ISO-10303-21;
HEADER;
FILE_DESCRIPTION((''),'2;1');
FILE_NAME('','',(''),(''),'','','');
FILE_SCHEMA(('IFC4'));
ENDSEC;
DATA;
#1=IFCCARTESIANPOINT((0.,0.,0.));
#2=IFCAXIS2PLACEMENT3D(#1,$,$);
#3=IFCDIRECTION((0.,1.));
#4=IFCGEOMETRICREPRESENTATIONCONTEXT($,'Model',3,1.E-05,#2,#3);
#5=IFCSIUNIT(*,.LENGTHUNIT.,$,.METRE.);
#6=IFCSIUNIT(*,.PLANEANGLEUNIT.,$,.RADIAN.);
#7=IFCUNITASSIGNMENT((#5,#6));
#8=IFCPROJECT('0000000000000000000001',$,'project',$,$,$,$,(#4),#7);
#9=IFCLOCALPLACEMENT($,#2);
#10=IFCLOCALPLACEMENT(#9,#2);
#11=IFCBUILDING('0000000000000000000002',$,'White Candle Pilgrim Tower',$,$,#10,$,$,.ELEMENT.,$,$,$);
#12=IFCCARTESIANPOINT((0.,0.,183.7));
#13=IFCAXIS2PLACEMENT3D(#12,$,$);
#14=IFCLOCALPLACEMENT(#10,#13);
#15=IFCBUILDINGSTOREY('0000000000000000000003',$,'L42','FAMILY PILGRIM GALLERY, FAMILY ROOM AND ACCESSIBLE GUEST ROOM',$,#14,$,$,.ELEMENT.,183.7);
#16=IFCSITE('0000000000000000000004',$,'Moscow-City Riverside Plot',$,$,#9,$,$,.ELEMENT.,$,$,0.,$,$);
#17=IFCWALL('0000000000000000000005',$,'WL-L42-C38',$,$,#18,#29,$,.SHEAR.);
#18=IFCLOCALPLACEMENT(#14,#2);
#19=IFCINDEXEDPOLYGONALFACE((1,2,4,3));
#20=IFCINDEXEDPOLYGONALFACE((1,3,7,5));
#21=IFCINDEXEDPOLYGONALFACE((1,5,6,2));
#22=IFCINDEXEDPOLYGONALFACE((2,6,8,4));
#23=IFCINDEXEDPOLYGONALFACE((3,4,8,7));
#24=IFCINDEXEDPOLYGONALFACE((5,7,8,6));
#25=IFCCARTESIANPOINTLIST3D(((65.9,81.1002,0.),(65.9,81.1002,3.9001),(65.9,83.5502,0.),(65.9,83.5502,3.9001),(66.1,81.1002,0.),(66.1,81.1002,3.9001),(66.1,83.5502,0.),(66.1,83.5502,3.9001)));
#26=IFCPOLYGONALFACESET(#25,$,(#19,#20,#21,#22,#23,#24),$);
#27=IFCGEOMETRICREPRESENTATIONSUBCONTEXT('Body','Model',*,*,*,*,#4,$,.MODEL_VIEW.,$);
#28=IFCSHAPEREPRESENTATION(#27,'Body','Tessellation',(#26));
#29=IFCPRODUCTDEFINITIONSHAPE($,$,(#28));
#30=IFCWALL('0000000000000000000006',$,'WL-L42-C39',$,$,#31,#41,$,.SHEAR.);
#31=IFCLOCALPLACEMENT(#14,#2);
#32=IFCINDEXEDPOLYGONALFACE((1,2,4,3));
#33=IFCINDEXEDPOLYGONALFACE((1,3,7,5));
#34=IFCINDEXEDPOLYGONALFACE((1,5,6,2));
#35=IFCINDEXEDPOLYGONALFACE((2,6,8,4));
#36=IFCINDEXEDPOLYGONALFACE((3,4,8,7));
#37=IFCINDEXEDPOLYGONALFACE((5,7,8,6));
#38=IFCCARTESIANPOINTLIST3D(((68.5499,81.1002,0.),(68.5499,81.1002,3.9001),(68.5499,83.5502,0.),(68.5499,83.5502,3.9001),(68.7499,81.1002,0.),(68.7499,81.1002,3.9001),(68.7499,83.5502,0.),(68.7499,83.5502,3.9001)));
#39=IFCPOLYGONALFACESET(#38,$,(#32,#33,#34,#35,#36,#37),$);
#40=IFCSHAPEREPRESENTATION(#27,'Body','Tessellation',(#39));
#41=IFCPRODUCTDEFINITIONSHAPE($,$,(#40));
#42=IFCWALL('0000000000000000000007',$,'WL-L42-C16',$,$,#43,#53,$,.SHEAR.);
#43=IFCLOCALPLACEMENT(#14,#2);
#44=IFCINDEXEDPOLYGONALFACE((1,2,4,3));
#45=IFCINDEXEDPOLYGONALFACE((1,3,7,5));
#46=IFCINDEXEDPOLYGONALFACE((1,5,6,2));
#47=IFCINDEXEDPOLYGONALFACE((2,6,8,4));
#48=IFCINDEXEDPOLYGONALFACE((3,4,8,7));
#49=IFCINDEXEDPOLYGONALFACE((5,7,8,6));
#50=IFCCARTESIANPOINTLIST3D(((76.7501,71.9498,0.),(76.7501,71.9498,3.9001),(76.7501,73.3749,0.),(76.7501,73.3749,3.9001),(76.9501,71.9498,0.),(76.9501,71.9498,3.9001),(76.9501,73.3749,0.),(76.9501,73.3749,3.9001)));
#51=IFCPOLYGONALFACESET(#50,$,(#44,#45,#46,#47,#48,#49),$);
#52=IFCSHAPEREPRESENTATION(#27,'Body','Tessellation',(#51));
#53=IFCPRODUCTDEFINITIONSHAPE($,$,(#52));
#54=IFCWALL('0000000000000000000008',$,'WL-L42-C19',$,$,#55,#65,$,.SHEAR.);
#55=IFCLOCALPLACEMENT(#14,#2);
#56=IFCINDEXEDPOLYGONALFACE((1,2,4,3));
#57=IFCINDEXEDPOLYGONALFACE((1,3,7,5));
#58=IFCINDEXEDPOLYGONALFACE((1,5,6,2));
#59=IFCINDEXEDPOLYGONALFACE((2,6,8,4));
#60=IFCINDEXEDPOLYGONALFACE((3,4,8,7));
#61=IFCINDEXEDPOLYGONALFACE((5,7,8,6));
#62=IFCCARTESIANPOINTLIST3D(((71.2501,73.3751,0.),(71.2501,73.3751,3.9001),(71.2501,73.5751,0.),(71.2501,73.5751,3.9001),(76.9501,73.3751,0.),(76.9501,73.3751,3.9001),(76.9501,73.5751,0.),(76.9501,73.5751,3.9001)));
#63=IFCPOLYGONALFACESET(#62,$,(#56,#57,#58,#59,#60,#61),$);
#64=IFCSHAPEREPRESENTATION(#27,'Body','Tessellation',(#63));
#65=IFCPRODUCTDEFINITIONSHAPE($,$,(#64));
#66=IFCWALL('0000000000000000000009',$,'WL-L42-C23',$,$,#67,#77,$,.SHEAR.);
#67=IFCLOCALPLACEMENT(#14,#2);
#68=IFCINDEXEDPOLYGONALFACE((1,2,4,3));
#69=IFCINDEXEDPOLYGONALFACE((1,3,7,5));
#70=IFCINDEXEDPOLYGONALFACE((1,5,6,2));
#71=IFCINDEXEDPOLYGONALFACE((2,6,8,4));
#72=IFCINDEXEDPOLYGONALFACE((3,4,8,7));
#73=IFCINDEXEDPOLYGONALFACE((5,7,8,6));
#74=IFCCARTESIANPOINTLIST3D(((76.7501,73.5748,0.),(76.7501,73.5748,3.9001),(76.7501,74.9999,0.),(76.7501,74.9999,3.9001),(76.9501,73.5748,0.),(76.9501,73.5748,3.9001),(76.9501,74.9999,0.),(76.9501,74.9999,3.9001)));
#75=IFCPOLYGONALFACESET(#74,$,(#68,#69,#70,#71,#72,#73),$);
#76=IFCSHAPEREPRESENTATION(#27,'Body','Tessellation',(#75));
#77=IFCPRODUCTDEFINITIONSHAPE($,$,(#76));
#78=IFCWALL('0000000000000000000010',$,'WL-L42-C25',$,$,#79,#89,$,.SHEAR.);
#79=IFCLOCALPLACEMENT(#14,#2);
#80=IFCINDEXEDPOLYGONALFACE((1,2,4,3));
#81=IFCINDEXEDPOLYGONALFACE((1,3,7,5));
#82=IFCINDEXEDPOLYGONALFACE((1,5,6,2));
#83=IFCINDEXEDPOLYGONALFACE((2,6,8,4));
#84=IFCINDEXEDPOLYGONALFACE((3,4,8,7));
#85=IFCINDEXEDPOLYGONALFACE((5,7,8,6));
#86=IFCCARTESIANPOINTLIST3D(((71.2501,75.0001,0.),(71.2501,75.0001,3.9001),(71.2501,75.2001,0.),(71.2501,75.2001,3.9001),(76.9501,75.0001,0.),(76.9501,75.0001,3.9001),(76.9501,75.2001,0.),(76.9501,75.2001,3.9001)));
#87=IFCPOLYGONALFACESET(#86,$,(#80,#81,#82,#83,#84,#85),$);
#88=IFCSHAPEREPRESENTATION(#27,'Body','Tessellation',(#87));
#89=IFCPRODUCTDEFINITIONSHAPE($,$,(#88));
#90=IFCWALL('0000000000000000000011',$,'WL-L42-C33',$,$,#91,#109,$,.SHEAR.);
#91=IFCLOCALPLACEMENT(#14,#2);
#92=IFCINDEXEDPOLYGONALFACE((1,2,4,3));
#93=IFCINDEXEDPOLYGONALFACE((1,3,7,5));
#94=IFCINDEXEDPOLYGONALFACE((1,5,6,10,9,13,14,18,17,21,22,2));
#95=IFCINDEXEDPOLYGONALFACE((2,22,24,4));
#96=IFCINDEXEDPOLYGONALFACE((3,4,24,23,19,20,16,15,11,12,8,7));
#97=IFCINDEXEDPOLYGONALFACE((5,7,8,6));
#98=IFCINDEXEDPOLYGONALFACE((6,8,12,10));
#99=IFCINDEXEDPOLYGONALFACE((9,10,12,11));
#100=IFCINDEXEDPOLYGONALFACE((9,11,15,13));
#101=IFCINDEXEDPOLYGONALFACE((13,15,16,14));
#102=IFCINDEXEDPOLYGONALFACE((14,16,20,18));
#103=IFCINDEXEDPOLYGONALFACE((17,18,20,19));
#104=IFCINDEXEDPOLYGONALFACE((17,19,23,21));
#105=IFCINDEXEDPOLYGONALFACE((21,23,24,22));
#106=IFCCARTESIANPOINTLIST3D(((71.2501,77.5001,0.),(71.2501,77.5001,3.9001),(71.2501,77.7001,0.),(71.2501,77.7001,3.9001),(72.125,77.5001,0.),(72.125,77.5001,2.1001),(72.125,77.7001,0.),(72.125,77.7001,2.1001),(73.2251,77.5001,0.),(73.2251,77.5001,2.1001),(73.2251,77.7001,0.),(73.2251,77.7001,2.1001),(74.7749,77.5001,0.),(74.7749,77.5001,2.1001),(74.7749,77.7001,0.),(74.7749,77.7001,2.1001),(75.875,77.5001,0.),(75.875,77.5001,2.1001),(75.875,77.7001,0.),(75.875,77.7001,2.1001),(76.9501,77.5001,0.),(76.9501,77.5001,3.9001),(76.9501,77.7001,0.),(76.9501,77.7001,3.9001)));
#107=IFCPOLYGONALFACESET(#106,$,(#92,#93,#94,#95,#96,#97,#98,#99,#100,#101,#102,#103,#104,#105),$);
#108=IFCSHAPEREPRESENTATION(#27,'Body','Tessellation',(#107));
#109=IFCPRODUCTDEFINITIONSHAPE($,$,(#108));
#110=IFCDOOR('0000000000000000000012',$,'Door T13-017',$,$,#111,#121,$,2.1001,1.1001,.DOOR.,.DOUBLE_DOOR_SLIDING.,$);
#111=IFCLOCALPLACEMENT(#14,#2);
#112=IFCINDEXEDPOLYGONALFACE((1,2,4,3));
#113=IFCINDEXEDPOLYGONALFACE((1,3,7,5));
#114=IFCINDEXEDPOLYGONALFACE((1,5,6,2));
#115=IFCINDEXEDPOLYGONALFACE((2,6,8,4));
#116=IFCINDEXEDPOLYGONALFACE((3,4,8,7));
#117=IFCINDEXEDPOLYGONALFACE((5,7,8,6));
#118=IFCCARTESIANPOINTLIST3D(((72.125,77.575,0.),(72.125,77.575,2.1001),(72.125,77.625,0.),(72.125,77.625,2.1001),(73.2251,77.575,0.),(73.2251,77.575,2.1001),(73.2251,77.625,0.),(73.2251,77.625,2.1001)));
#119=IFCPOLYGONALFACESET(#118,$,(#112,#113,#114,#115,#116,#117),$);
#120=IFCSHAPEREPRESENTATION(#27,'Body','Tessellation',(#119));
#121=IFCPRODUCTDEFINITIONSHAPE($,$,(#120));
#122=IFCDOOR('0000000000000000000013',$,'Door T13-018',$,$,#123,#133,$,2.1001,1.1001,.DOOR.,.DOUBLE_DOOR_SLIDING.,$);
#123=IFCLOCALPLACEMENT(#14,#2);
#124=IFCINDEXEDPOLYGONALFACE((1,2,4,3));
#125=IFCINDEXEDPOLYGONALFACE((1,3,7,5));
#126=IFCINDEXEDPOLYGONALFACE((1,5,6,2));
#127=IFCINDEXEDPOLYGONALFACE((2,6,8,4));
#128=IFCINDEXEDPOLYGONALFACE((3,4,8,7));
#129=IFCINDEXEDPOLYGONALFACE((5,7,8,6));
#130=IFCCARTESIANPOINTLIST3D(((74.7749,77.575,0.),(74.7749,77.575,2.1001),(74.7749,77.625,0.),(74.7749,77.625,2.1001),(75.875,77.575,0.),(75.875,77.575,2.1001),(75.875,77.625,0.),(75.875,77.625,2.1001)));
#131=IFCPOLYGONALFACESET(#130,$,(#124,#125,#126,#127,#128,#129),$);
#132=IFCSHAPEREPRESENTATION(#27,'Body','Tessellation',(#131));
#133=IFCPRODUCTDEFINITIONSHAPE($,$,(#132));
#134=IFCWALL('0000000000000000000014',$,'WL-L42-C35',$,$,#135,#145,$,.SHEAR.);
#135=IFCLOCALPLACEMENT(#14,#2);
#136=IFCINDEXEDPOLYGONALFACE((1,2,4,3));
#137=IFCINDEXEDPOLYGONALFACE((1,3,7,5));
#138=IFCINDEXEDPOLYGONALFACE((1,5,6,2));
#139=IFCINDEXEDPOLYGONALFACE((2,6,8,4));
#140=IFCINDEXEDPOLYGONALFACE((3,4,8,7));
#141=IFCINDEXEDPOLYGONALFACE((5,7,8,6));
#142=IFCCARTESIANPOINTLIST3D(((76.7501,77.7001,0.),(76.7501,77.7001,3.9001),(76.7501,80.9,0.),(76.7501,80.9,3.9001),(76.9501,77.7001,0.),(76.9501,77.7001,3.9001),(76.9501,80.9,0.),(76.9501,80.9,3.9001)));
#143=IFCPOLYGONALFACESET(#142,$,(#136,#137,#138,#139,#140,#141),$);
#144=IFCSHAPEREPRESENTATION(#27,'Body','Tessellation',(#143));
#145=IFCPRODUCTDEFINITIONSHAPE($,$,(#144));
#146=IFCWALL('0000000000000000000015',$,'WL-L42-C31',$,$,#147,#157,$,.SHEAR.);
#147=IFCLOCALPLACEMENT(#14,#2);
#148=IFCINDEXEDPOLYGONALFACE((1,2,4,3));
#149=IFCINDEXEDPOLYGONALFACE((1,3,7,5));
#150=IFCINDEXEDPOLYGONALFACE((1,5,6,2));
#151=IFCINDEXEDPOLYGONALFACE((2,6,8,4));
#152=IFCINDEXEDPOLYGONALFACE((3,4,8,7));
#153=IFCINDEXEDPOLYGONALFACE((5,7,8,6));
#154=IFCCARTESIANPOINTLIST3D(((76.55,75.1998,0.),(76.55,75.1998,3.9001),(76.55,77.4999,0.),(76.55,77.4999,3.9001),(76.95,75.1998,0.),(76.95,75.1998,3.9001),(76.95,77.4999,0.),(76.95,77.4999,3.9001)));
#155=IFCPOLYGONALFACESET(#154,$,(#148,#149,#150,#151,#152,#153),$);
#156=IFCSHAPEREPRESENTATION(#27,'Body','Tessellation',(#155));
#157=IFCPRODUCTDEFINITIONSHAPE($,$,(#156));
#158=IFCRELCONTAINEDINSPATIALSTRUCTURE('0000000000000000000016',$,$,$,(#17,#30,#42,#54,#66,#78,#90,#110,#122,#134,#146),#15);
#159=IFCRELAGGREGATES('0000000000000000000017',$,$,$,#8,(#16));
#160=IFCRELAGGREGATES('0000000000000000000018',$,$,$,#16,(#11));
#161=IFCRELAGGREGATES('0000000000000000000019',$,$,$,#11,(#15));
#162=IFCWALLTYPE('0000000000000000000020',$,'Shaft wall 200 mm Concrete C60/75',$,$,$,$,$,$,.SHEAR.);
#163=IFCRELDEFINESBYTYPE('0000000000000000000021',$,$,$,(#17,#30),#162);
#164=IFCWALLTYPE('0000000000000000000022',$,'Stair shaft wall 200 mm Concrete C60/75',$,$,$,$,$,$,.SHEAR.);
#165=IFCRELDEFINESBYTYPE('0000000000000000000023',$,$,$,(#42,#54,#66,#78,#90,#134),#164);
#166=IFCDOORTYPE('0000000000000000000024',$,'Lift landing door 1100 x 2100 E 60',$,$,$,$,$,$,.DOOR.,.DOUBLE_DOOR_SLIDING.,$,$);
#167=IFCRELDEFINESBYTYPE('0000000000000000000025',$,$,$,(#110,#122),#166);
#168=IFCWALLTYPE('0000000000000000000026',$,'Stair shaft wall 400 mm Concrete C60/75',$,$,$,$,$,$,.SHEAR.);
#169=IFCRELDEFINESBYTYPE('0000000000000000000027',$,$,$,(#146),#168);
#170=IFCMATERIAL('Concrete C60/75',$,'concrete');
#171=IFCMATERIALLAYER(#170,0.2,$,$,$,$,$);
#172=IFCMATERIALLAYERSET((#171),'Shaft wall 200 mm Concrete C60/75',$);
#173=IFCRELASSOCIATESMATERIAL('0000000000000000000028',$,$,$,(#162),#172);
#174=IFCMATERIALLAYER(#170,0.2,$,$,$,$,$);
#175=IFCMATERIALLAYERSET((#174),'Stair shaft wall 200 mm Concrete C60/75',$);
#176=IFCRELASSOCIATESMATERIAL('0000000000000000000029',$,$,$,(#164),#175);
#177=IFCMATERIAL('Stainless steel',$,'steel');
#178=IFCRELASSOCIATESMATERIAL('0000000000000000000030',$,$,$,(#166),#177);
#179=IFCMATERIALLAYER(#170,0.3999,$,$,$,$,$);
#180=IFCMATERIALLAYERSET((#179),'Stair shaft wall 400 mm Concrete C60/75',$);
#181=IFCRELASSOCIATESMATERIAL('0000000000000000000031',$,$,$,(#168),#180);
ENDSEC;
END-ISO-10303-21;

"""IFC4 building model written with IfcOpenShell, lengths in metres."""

from ifc_helpers import new_model, si_unit, direction, frame, frame_2d, origin, place, context, subcontext, project, spatial, rectangle, extrude, material, layer, layer_set, type_object, element, fill, save


model = new_model("IFC4")

# Units and contexts
model_context = context("Model", 3, precision=1e-05, world=origin(), true_north=direction((0.0, 1.0)))
body_context = subcontext(model_context, "Body", "Model", "MODEL_VIEW")
ifc_project = project(units=[si_unit("LENGTHUNIT", "METRE"), si_unit("PLANEANGLEUNIT", "RADIAN")], contexts=[model_context])

# Site, building, storey
site_placement = place(None, origin())
site = spatial("IfcSite", under=ifc_project, at=site_placement, Name="Moscow-City Riverside Plot", CompositionType="ELEMENT", RefElevation=0.0)
building_placement = place(site_placement, origin())
building = spatial("IfcBuilding", under=site, at=building_placement, Name="White Candle Pilgrim Tower", CompositionType="ELEMENT")
storey_placement = place(building_placement, frame((0.0, 0.0, 183.7)))
storey = spatial("IfcBuildingStorey", under=building, at=storey_placement, Name="L42", Description="FAMILY PILGRIM GALLERY, FAMILY ROOM AND ACCESSIBLE GUEST ROOM", CompositionType="ELEMENT", Elevation=183.7)

# Walls
ifc_material_1 = material(Name="Concrete C60/75", Category="concrete")
ifc_layer_1 = layer(ifc_material_1, 0.2)
ifc_layer_set_1 = layer_set([ifc_layer_1], Name="Shaft wall 200 mm Concrete C60/75")
wall_type_1 = type_object("IfcWallType", Name="Shaft wall 200 mm Concrete C60/75", PredefinedType="SHEAR", material=ifc_layer_set_1)
for number, where, z_axis, x_axis, name in (
    (1, (66.0, 81.1001, 0.0), (0.0, 0.0, 1.0), (0.0, 1.0, 0.0), "WL-L42-C38"),
    (2, (68.6499, 81.1001, 0.0), (0.0, 0.0, 1.0), (0.0, 1.0, 0.0), "WL-L42-C39"),
):
    element("IfcWall", number, at=place(storey_placement, frame(where, z_axis=z_axis, x_axis=x_axis)), inside=storey, type_object=wall_type_1, Name=name, PredefinedType="SHEAR", context=body_context, shape_type="SweptSolid", body=[
        extrude(rectangle(XDim=2.45, YDim=0.2, at=frame_2d((1.2251, 0.0))), origin(), (0.0, 0.0, 1.0), 3.9001),
    ])
ifc_layer_2 = layer(ifc_material_1, 0.2)
ifc_layer_set_2 = layer_set([ifc_layer_2], Name="Stair shaft wall 200 mm Concrete C60/75")
wall_type_2 = type_object("IfcWallType", Name="Stair shaft wall 200 mm Concrete C60/75", PredefinedType="SHEAR", material=ifc_layer_set_2)
wall_1_placement = place(storey_placement, frame((76.8501, 71.95, 0.0), z_axis=(0.0, 0.0, 1.0), x_axis=(0.0, 1.0, 0.0)))
element("IfcWall", 3, at=wall_1_placement, inside=storey, type_object=wall_type_2, Name="WL-L42-C16", PredefinedType="SHEAR", context=body_context, shape_type="SweptSolid", body=[
    extrude(rectangle(XDim=1.425, YDim=0.2, at=frame_2d((0.7124, 0.0))), origin(), (0.0, 0.0, 1.0), 3.9001),
])
wall_2_placement = place(storey_placement, frame((71.25, 73.4751, 0.0), z_axis=(0.0, 0.0, 1.0), x_axis=(1.0, 0.0, 0.0)))
element("IfcWall", 4, at=wall_2_placement, inside=storey, type_object=wall_type_2, Name="WL-L42-C19", PredefinedType="SHEAR", context=body_context, shape_type="SweptSolid", body=[
    extrude(rectangle(XDim=5.7, YDim=0.2, at=frame_2d((2.8501, 0.0))), origin(), (0.0, 0.0, 1.0), 3.9001),
])
wall_3_placement = place(storey_placement, frame((76.8501, 73.575, 0.0), z_axis=(0.0, 0.0, 1.0), x_axis=(0.0, 1.0, 0.0)))
element("IfcWall", 5, at=wall_3_placement, inside=storey, type_object=wall_type_2, Name="WL-L42-C23", PredefinedType="SHEAR", context=body_context, shape_type="SweptSolid", body=[
    extrude(rectangle(XDim=1.425, YDim=0.2, at=frame_2d((0.7124, 0.0))), origin(), (0.0, 0.0, 1.0), 3.9001),
])
wall_4_placement = place(storey_placement, frame((71.25, 75.1001, 0.0), z_axis=(0.0, 0.0, 1.0), x_axis=(1.0, 0.0, 0.0)))
element("IfcWall", 6, at=wall_4_placement, inside=storey, type_object=wall_type_2, Name="WL-L42-C25", PredefinedType="SHEAR", context=body_context, shape_type="SweptSolid", body=[
    extrude(rectangle(XDim=5.7, YDim=0.2, at=frame_2d((2.8501, 0.0))), origin(), (0.0, 0.0, 1.0), 3.9001),
])

# Wall, openings, doors
wall_5_placement = place(storey_placement, frame((71.25, 77.6001, 0.0), z_axis=(0.0, 0.0, 1.0), x_axis=(1.0, 0.0, 0.0)))
wall_5 = element("IfcWall", 7, at=wall_5_placement, inside=storey, type_object=wall_type_2, Name="WL-L42-C33", PredefinedType="SHEAR", context=body_context, shape_type="SweptSolid", body=[
    extrude(rectangle(XDim=5.7, YDim=0.2, at=frame_2d((2.8501, 0.0))), origin(), (0.0, 0.0, 1.0), 3.9001),
])
opening_1_placement = place(wall_5_placement, frame((0.875, 0.0, 0.0)))
opening_1 = element("IfcOpeningElement", 8, at=opening_1_placement, cuts=wall_5, PredefinedType="OPENING", context=body_context, shape_type="SweptSolid", body=[
    extrude(rectangle(XDim=1.1001, YDim=2.1001, at=frame_2d((0.55, 1.05))), frame((0.0, 0.1099, 0.0), z_axis=(0.0, -1.0, 0.0), x_axis=(1.0, 0.0, 0.0)), (0.0, 0.0, 1.0), 0.22),
])
opening_2_placement = place(wall_5_placement, frame((3.5249, 0.0, 0.0)))
opening_2 = element("IfcOpeningElement", 9, at=opening_2_placement, cuts=wall_5, PredefinedType="OPENING", context=body_context, shape_type="SweptSolid", body=[
    extrude(rectangle(XDim=1.1001, YDim=2.1001, at=frame_2d((0.55, 1.05))), frame((0.0, 0.1099, 0.0), z_axis=(0.0, -1.0, 0.0), x_axis=(1.0, 0.0, 0.0)), (0.0, 0.0, 1.0), 0.22),
])
ifc_material_2 = material(Name="Stainless steel", Category="steel")
door_type_1 = type_object("IfcDoorType", Name="Lift landing door 1100 x 2100 E 60", OperationType="DOUBLE_DOOR_SLIDING", PredefinedType="DOOR", material=ifc_material_2)
door_1_placement = place(opening_1_placement, origin())
door_1 = element("IfcDoor", 10, at=door_1_placement, inside=storey, type_object=door_type_1, Name="Door T13-017", OperationType="DOUBLE_DOOR_SLIDING", OverallHeight=2.1001, OverallWidth=1.1001, PredefinedType="DOOR", context=body_context, shape_type="SweptSolid", body=[
    extrude(rectangle(XDim=1.1001, YDim=2.1001, at=frame_2d((0.55, 1.05))), frame((0.0, 0.0249, 0.0), z_axis=(0.0, -1.0, 0.0), x_axis=(1.0, 0.0, 0.0)), (0.0, 0.0, 1.0), 0.05),
])
fill(opening_1, door_1)
door_2_placement = place(opening_2_placement, origin())
door_2 = element("IfcDoor", 11, at=door_2_placement, inside=storey, type_object=door_type_1, Name="Door T13-018", OperationType="DOUBLE_DOOR_SLIDING", OverallHeight=2.1001, OverallWidth=1.1001, PredefinedType="DOOR", context=body_context, shape_type="SweptSolid", body=[
    extrude(rectangle(XDim=1.1001, YDim=2.1001, at=frame_2d((0.55, 1.05))), frame((0.0, 0.0249, 0.0), z_axis=(0.0, -1.0, 0.0), x_axis=(1.0, 0.0, 0.0)), (0.0, 0.0, 1.0), 0.05),
])
fill(opening_2, door_2)

# Walls
wall_6_placement = place(storey_placement, frame((76.8501, 77.7, 0.0), z_axis=(0.0, 0.0, 1.0), x_axis=(0.0, 1.0, 0.0)))
element("IfcWall", 12, at=wall_6_placement, inside=storey, type_object=wall_type_2, Name="WL-L42-C35", PredefinedType="SHEAR", context=body_context, shape_type="SweptSolid", body=[
    extrude(rectangle(XDim=3.2, YDim=0.2, at=frame_2d((1.6001, 0.0))), origin(), (0.0, 0.0, 1.0), 3.9001),
])
ifc_layer_3 = layer(ifc_material_1, 0.3999)
ifc_layer_set_3 = layer_set([ifc_layer_3], Name="Stair shaft wall 400 mm Concrete C60/75")
wall_type_3 = type_object("IfcWallType", Name="Stair shaft wall 400 mm Concrete C60/75", PredefinedType="SHEAR", material=ifc_layer_set_3)
wall_7_placement = place(storey_placement, frame((76.75, 75.2, 0.0), z_axis=(0.0, 0.0, 1.0), x_axis=(0.0, 1.0, 0.0)))
element("IfcWall", 13, at=wall_7_placement, inside=storey, type_object=wall_type_3, Name="WL-L42-C31", PredefinedType="SHEAR", context=body_context, shape_type="SweptSolid", body=[
    extrude(rectangle(XDim=2.3, YDim=0.3999, at=frame_2d((1.1499, 0.0))), origin(), (0.0, 0.0, 1.0), 3.9001),
])

save(model, "model.ifc")
